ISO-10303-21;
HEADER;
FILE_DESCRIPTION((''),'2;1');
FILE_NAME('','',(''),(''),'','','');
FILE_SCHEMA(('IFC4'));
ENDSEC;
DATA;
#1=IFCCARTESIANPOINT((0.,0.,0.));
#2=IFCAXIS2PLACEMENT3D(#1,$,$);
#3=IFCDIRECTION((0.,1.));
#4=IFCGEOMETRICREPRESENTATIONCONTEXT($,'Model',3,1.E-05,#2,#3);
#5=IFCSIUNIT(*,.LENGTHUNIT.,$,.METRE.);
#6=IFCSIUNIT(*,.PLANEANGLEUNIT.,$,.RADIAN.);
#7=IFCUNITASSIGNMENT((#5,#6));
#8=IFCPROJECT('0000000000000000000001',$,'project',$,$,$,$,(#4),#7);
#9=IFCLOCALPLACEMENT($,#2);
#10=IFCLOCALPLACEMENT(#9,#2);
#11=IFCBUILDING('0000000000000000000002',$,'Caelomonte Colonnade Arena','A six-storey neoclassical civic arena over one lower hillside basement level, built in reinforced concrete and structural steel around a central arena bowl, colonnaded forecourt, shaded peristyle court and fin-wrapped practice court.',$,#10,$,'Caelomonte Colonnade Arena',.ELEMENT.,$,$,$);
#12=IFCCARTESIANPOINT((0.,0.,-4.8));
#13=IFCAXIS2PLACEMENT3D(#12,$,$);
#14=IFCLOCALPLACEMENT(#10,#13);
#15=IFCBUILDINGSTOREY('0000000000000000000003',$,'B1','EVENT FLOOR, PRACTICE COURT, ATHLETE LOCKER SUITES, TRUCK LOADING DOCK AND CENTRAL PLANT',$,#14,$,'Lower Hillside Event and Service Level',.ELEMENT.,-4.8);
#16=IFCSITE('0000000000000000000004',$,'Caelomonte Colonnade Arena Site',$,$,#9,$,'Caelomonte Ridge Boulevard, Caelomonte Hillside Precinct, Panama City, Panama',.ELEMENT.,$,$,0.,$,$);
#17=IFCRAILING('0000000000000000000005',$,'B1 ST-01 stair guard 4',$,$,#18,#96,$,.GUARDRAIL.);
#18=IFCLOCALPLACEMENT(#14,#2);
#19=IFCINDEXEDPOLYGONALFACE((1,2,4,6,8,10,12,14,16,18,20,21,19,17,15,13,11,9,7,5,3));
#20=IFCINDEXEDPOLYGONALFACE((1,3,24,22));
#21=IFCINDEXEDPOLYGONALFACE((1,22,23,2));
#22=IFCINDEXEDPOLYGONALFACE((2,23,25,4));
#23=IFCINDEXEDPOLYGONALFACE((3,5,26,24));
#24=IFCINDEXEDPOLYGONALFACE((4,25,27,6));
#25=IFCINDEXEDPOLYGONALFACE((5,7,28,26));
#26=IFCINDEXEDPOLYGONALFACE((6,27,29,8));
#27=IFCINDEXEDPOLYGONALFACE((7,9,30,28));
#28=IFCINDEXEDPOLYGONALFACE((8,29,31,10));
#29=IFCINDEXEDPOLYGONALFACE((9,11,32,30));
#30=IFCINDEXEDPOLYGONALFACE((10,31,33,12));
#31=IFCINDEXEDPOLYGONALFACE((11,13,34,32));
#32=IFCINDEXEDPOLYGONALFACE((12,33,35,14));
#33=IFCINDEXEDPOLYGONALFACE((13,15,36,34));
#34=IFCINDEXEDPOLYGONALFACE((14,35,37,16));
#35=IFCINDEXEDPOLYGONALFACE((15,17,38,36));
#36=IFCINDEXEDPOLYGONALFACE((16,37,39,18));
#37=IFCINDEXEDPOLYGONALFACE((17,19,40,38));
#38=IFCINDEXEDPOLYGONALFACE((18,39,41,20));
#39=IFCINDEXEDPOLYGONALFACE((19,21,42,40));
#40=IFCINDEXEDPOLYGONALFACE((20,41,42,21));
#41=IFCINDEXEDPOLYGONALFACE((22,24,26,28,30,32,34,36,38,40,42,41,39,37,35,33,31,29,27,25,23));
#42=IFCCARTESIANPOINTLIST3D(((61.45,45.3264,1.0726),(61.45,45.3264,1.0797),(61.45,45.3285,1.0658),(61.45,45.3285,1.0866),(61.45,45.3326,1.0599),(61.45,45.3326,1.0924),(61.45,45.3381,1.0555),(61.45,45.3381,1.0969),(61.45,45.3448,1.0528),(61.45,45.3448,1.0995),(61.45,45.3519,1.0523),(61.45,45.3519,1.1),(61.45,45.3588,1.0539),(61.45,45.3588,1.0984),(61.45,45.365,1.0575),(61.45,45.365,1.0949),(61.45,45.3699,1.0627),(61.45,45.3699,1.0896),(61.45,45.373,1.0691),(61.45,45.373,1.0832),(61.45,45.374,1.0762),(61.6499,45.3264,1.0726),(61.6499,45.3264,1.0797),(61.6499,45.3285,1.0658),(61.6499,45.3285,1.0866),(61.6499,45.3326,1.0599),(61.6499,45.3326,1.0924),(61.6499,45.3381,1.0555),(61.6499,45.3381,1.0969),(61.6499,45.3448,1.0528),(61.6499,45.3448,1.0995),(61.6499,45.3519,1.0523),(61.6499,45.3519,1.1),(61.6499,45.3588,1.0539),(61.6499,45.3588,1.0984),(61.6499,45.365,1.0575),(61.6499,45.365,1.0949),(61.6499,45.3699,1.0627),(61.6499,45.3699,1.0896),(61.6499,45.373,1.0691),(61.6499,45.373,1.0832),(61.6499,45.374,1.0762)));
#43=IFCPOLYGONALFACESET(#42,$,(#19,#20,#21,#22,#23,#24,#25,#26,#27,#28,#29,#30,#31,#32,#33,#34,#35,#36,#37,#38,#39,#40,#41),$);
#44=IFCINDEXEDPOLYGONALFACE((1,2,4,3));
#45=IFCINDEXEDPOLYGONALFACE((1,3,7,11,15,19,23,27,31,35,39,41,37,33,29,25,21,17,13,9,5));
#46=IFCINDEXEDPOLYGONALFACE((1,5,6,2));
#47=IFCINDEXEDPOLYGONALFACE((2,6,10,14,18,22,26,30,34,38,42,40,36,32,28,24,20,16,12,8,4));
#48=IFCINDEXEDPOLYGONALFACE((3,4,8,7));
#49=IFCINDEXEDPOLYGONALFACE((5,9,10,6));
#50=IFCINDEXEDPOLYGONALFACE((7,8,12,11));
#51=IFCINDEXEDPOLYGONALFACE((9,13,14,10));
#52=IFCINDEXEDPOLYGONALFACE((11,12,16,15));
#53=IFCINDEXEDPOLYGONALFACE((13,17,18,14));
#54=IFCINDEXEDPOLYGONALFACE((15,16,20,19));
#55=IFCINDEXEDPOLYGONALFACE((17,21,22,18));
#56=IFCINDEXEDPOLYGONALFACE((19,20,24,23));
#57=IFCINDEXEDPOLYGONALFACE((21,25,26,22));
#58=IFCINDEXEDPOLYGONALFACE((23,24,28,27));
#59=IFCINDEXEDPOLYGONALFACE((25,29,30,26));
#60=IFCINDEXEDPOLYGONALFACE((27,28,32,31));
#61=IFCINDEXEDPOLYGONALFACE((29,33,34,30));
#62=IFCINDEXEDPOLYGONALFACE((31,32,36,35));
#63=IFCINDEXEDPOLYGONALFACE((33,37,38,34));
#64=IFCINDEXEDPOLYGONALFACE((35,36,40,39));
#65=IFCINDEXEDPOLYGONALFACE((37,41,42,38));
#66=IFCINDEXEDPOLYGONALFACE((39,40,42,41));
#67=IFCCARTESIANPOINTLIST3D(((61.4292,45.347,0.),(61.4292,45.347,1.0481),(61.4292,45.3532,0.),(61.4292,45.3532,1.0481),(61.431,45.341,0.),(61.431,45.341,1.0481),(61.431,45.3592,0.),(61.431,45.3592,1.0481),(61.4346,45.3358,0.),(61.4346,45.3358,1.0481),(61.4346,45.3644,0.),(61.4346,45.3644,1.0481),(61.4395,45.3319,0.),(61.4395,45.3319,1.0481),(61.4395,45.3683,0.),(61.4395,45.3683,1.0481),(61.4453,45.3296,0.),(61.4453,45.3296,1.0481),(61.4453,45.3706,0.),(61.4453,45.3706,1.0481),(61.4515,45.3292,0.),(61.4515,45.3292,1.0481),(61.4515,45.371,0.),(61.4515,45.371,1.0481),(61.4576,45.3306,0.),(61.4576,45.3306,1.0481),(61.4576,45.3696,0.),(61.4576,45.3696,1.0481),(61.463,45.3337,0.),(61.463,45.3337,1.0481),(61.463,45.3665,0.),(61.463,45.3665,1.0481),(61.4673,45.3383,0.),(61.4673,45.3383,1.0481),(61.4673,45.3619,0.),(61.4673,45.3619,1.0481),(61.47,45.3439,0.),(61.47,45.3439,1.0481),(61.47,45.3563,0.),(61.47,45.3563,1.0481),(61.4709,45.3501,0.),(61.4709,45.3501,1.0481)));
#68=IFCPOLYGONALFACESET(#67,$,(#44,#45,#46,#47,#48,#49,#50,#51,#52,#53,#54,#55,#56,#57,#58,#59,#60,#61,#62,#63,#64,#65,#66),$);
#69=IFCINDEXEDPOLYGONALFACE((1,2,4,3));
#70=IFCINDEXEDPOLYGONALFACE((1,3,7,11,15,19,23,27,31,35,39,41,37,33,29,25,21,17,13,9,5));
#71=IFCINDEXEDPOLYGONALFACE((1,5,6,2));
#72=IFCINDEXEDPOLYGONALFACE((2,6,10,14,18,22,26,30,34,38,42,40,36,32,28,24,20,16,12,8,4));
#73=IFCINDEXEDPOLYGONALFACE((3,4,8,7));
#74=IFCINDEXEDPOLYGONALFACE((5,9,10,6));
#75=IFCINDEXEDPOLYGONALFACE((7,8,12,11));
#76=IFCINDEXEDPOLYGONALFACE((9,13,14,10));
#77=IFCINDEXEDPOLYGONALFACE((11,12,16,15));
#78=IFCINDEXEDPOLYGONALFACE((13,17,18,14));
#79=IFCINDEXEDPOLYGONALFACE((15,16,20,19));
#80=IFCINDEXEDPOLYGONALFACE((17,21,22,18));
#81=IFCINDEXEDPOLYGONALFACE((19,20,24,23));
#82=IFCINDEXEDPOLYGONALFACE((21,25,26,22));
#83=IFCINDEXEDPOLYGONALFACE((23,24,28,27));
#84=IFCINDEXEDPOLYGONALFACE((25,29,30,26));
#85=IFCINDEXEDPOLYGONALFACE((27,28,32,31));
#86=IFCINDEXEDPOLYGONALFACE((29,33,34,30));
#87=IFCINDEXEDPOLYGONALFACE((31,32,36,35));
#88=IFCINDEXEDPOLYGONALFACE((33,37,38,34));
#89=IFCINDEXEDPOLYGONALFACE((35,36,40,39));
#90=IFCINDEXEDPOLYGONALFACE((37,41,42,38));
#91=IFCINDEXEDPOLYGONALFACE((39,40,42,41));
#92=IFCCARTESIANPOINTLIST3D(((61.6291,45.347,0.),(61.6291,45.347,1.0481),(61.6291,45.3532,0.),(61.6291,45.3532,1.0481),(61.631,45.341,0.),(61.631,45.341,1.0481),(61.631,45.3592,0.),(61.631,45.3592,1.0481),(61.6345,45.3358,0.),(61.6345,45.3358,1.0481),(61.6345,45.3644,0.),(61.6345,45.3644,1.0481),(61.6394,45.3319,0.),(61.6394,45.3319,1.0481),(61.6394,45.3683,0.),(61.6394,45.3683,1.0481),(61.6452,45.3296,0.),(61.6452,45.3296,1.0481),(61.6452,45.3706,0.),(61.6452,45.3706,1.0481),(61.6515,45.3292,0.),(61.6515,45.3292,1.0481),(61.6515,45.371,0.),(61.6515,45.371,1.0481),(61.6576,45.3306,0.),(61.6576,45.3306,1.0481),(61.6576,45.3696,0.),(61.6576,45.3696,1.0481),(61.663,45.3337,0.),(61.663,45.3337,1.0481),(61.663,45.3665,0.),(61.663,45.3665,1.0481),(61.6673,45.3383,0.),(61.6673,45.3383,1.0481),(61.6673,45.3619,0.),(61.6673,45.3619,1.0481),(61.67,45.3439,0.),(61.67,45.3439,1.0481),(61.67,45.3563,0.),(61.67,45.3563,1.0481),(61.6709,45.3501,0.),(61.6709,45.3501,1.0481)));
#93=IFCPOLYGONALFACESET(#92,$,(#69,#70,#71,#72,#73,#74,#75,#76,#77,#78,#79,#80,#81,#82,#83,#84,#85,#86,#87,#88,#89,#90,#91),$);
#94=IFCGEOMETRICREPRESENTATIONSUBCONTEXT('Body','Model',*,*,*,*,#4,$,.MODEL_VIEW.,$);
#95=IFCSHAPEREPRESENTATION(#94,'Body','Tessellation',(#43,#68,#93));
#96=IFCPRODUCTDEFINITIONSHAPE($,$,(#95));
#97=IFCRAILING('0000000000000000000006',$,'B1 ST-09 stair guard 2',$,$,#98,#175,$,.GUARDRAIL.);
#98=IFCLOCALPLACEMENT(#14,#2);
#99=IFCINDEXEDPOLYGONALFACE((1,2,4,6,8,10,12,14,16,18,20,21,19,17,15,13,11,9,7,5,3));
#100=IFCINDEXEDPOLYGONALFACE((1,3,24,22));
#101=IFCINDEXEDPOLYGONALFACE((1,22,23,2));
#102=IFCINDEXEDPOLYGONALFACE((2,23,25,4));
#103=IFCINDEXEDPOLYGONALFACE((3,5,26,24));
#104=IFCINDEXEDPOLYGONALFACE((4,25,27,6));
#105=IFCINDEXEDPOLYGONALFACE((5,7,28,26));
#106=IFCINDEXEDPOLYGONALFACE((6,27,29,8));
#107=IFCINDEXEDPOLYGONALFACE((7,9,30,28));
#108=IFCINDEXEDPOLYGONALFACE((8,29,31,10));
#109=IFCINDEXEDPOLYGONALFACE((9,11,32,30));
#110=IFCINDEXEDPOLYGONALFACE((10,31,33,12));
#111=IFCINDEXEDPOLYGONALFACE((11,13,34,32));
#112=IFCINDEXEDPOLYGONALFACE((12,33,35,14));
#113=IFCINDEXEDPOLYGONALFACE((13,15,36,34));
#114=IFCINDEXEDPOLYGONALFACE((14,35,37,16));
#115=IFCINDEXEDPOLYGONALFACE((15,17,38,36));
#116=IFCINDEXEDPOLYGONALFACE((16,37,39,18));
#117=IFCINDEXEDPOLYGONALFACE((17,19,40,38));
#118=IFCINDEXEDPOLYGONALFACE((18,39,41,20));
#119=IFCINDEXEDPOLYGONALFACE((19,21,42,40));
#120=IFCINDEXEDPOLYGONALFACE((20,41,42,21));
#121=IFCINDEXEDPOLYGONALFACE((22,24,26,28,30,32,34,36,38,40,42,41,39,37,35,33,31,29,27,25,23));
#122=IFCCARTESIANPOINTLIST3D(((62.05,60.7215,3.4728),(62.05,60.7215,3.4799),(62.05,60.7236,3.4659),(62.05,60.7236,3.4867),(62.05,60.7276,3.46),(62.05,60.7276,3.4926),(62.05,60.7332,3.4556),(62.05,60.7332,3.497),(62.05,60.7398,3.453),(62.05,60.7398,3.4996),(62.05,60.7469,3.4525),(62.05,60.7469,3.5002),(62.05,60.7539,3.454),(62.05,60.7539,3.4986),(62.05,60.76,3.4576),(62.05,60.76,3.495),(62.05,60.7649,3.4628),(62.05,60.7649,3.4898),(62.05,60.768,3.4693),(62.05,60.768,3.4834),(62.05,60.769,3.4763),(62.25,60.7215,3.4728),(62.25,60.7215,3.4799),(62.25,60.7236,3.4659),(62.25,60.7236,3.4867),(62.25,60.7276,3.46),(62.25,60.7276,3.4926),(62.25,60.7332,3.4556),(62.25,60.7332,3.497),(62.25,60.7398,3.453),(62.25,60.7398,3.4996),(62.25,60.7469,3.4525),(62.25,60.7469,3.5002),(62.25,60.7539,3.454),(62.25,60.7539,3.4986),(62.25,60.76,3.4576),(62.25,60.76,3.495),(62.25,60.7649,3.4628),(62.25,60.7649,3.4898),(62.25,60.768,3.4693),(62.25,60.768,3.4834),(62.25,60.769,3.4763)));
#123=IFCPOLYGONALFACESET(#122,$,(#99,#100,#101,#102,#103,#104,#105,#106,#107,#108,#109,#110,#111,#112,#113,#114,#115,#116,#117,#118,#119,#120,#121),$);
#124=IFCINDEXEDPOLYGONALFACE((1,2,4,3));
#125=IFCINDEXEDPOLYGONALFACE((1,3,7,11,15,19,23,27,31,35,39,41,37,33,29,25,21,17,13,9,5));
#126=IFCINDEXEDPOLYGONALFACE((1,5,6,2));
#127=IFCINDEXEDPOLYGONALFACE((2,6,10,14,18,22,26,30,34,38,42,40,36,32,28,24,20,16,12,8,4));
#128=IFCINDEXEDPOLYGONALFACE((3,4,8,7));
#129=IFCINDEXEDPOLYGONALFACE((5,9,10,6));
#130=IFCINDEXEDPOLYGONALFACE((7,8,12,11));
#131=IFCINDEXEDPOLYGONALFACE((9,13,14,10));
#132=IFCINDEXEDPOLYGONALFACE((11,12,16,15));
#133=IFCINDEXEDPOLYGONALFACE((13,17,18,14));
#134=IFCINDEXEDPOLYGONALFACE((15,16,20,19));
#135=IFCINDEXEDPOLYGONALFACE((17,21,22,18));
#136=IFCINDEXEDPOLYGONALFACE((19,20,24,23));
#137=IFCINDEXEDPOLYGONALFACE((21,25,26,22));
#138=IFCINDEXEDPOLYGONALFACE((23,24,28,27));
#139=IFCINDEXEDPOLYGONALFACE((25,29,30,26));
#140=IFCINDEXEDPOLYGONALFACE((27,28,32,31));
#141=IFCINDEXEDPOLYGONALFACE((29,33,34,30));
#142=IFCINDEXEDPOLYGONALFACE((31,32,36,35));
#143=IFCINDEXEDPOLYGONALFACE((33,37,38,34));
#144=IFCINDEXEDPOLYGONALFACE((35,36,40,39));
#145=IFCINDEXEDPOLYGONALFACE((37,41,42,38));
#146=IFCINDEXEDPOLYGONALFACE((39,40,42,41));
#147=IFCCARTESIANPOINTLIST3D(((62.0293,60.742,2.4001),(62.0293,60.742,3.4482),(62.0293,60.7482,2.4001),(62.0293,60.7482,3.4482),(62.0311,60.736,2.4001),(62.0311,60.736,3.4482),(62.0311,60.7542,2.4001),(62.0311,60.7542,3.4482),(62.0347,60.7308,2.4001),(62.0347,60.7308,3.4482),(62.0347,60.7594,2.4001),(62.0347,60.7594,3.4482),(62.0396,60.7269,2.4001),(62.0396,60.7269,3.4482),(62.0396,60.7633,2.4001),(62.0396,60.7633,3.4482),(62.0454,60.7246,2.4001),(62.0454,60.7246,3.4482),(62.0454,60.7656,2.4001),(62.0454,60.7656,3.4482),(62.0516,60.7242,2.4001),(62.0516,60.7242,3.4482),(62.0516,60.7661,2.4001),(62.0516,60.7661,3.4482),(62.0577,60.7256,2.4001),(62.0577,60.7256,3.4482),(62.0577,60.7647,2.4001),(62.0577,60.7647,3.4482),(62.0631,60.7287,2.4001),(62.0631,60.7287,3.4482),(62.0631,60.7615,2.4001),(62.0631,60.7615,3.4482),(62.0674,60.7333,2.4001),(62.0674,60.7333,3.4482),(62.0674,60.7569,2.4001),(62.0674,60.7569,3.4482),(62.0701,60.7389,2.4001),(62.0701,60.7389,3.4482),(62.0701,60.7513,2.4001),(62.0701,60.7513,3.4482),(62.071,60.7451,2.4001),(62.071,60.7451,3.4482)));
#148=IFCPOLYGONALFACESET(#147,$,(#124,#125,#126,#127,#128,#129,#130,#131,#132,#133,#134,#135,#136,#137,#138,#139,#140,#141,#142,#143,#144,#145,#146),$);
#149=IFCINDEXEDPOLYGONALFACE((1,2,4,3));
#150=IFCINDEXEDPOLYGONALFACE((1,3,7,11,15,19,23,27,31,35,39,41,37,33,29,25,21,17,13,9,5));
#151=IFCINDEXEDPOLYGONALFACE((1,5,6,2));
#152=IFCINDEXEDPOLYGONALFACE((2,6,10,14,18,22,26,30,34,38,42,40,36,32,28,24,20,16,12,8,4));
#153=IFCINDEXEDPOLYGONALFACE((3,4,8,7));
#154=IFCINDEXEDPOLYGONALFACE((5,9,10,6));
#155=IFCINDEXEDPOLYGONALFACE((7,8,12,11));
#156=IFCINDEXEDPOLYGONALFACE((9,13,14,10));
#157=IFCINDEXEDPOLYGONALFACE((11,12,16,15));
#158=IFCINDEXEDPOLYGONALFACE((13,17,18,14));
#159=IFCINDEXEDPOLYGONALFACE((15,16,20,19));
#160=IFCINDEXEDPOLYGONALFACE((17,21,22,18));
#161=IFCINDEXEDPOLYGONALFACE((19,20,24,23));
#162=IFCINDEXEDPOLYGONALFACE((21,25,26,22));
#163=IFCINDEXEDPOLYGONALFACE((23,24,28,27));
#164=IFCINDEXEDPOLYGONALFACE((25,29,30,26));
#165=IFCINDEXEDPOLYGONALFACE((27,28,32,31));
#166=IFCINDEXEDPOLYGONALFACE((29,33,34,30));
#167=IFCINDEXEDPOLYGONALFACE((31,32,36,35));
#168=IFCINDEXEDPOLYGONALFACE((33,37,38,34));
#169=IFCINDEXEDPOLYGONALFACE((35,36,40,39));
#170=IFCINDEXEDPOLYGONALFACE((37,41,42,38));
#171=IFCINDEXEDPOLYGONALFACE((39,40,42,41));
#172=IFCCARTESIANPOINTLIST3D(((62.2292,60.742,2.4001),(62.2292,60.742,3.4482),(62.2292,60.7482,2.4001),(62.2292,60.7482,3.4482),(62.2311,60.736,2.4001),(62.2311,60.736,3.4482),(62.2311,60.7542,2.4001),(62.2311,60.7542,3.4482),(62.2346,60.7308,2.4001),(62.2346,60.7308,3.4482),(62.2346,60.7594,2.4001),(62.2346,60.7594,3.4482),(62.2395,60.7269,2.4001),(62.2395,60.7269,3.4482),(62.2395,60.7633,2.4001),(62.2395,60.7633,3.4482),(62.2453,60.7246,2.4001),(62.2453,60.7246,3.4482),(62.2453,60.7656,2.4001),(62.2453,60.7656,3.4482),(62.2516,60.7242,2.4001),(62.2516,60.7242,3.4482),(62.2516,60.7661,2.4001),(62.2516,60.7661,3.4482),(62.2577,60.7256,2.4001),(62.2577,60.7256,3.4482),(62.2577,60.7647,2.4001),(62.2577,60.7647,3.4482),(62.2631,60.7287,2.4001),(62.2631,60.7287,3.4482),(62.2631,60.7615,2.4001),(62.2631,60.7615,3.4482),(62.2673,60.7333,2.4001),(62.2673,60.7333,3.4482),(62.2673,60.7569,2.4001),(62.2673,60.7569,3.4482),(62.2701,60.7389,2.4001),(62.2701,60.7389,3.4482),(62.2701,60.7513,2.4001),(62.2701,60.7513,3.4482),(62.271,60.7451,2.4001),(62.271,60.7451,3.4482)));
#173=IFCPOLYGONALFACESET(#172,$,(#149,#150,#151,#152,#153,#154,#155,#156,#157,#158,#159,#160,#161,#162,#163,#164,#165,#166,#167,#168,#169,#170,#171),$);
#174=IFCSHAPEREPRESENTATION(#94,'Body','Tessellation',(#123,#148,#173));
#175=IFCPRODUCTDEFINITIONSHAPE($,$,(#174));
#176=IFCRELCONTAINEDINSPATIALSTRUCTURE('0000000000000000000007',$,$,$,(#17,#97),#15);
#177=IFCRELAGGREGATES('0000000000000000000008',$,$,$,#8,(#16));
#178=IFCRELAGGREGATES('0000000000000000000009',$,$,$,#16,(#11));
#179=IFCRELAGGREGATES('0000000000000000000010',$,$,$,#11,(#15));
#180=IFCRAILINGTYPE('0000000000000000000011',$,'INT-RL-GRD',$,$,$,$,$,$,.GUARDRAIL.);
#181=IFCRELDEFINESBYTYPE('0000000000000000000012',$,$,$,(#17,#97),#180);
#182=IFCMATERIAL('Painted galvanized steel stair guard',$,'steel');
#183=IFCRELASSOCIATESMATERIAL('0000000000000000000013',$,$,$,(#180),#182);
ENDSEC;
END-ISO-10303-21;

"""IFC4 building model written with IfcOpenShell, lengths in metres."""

from ifc_helpers import new_model, si_unit, direction, frame, origin, origin_2d, place, context, subcontext, project, spatial, circle, extrude, material, type_object, element, save


model = new_model("IFC4")

# Units and contexts
model_context = context("Model", 3, precision=1e-05, world=origin(), true_north=direction((0.0, 1.0)))
body_context = subcontext(model_context, "Body", "Model", "MODEL_VIEW")
ifc_project = project(units=[si_unit("LENGTHUNIT", "METRE"), si_unit("PLANEANGLEUNIT", "RADIAN")], contexts=[model_context])

# Site, building, storey
site_placement = place(None, origin())
site = spatial("IfcSite", under=ifc_project, at=site_placement, Name="Caelomonte Colonnade Arena Site", LongName="Caelomonte Ridge Boulevard, Caelomonte Hillside Precinct, Panama City, Panama", CompositionType="ELEMENT", RefElevation=0.0)
building_placement = place(site_placement, origin())
building = spatial("IfcBuilding", under=site, at=building_placement, Name="Caelomonte Colonnade Arena", Description="A six-storey neoclassical civic arena over one lower hillside basement level, built in reinforced concrete and structural steel around a central arena bowl, colonnaded forecourt, shaded peristyle court and fin-wrapped practice court.", LongName="Caelomonte Colonnade Arena", CompositionType="ELEMENT")
storey_placement = place(building_placement, frame((0.0, 0.0, -4.8)))
storey = spatial("IfcBuildingStorey", under=building, at=storey_placement, Name="B1", Description="EVENT FLOOR, PRACTICE COURT, ATHLETE LOCKER SUITES, TRUCK LOADING DOCK AND CENTRAL PLANT", LongName="Lower Hillside Event and Service Level", CompositionType="ELEMENT", Elevation=-4.8)

# Railings
ifc_material_1 = material(Name="Painted galvanized steel stair guard", Category="steel")
railing_type_1 = type_object("IfcRailingType", Name="INT-RL-GRD", PredefinedType="GUARDRAIL", material=ifc_material_1)
for number, where, name in (
    (1, (61.45, 45.3501, 0.0), "B1 ST-01 stair guard 4"),
    (2, (62.05, 60.7451, 2.4001), "B1 ST-09 stair guard 2"),
):
    element("IfcRailing", number, at=place(storey_placement, frame(where)), inside=storey, type_object=railing_type_1, Name=name, PredefinedType="GUARDRAIL", context=body_context, shape_type="SweptSolid", body=[
        extrude(circle(Radius=0.0239, at=origin_2d()), frame((0.0, 0.0, 1.0762), z_axis=(1.0, 0.0, 0.0), x_axis=(0.0, 1.0, 0.0)), (0.0, 0.0, 1.0), 0.2),
        extrude(circle(Radius=0.021, at=origin_2d()), origin(), (0.0, 0.0, 1.0), 1.0481),
        extrude(circle(Radius=0.021, at=origin_2d()), frame((0.2, 0.0, 0.0)), (0.0, 0.0, 1.0), 1.0481),
    ])

save(model, "model.ifc")
